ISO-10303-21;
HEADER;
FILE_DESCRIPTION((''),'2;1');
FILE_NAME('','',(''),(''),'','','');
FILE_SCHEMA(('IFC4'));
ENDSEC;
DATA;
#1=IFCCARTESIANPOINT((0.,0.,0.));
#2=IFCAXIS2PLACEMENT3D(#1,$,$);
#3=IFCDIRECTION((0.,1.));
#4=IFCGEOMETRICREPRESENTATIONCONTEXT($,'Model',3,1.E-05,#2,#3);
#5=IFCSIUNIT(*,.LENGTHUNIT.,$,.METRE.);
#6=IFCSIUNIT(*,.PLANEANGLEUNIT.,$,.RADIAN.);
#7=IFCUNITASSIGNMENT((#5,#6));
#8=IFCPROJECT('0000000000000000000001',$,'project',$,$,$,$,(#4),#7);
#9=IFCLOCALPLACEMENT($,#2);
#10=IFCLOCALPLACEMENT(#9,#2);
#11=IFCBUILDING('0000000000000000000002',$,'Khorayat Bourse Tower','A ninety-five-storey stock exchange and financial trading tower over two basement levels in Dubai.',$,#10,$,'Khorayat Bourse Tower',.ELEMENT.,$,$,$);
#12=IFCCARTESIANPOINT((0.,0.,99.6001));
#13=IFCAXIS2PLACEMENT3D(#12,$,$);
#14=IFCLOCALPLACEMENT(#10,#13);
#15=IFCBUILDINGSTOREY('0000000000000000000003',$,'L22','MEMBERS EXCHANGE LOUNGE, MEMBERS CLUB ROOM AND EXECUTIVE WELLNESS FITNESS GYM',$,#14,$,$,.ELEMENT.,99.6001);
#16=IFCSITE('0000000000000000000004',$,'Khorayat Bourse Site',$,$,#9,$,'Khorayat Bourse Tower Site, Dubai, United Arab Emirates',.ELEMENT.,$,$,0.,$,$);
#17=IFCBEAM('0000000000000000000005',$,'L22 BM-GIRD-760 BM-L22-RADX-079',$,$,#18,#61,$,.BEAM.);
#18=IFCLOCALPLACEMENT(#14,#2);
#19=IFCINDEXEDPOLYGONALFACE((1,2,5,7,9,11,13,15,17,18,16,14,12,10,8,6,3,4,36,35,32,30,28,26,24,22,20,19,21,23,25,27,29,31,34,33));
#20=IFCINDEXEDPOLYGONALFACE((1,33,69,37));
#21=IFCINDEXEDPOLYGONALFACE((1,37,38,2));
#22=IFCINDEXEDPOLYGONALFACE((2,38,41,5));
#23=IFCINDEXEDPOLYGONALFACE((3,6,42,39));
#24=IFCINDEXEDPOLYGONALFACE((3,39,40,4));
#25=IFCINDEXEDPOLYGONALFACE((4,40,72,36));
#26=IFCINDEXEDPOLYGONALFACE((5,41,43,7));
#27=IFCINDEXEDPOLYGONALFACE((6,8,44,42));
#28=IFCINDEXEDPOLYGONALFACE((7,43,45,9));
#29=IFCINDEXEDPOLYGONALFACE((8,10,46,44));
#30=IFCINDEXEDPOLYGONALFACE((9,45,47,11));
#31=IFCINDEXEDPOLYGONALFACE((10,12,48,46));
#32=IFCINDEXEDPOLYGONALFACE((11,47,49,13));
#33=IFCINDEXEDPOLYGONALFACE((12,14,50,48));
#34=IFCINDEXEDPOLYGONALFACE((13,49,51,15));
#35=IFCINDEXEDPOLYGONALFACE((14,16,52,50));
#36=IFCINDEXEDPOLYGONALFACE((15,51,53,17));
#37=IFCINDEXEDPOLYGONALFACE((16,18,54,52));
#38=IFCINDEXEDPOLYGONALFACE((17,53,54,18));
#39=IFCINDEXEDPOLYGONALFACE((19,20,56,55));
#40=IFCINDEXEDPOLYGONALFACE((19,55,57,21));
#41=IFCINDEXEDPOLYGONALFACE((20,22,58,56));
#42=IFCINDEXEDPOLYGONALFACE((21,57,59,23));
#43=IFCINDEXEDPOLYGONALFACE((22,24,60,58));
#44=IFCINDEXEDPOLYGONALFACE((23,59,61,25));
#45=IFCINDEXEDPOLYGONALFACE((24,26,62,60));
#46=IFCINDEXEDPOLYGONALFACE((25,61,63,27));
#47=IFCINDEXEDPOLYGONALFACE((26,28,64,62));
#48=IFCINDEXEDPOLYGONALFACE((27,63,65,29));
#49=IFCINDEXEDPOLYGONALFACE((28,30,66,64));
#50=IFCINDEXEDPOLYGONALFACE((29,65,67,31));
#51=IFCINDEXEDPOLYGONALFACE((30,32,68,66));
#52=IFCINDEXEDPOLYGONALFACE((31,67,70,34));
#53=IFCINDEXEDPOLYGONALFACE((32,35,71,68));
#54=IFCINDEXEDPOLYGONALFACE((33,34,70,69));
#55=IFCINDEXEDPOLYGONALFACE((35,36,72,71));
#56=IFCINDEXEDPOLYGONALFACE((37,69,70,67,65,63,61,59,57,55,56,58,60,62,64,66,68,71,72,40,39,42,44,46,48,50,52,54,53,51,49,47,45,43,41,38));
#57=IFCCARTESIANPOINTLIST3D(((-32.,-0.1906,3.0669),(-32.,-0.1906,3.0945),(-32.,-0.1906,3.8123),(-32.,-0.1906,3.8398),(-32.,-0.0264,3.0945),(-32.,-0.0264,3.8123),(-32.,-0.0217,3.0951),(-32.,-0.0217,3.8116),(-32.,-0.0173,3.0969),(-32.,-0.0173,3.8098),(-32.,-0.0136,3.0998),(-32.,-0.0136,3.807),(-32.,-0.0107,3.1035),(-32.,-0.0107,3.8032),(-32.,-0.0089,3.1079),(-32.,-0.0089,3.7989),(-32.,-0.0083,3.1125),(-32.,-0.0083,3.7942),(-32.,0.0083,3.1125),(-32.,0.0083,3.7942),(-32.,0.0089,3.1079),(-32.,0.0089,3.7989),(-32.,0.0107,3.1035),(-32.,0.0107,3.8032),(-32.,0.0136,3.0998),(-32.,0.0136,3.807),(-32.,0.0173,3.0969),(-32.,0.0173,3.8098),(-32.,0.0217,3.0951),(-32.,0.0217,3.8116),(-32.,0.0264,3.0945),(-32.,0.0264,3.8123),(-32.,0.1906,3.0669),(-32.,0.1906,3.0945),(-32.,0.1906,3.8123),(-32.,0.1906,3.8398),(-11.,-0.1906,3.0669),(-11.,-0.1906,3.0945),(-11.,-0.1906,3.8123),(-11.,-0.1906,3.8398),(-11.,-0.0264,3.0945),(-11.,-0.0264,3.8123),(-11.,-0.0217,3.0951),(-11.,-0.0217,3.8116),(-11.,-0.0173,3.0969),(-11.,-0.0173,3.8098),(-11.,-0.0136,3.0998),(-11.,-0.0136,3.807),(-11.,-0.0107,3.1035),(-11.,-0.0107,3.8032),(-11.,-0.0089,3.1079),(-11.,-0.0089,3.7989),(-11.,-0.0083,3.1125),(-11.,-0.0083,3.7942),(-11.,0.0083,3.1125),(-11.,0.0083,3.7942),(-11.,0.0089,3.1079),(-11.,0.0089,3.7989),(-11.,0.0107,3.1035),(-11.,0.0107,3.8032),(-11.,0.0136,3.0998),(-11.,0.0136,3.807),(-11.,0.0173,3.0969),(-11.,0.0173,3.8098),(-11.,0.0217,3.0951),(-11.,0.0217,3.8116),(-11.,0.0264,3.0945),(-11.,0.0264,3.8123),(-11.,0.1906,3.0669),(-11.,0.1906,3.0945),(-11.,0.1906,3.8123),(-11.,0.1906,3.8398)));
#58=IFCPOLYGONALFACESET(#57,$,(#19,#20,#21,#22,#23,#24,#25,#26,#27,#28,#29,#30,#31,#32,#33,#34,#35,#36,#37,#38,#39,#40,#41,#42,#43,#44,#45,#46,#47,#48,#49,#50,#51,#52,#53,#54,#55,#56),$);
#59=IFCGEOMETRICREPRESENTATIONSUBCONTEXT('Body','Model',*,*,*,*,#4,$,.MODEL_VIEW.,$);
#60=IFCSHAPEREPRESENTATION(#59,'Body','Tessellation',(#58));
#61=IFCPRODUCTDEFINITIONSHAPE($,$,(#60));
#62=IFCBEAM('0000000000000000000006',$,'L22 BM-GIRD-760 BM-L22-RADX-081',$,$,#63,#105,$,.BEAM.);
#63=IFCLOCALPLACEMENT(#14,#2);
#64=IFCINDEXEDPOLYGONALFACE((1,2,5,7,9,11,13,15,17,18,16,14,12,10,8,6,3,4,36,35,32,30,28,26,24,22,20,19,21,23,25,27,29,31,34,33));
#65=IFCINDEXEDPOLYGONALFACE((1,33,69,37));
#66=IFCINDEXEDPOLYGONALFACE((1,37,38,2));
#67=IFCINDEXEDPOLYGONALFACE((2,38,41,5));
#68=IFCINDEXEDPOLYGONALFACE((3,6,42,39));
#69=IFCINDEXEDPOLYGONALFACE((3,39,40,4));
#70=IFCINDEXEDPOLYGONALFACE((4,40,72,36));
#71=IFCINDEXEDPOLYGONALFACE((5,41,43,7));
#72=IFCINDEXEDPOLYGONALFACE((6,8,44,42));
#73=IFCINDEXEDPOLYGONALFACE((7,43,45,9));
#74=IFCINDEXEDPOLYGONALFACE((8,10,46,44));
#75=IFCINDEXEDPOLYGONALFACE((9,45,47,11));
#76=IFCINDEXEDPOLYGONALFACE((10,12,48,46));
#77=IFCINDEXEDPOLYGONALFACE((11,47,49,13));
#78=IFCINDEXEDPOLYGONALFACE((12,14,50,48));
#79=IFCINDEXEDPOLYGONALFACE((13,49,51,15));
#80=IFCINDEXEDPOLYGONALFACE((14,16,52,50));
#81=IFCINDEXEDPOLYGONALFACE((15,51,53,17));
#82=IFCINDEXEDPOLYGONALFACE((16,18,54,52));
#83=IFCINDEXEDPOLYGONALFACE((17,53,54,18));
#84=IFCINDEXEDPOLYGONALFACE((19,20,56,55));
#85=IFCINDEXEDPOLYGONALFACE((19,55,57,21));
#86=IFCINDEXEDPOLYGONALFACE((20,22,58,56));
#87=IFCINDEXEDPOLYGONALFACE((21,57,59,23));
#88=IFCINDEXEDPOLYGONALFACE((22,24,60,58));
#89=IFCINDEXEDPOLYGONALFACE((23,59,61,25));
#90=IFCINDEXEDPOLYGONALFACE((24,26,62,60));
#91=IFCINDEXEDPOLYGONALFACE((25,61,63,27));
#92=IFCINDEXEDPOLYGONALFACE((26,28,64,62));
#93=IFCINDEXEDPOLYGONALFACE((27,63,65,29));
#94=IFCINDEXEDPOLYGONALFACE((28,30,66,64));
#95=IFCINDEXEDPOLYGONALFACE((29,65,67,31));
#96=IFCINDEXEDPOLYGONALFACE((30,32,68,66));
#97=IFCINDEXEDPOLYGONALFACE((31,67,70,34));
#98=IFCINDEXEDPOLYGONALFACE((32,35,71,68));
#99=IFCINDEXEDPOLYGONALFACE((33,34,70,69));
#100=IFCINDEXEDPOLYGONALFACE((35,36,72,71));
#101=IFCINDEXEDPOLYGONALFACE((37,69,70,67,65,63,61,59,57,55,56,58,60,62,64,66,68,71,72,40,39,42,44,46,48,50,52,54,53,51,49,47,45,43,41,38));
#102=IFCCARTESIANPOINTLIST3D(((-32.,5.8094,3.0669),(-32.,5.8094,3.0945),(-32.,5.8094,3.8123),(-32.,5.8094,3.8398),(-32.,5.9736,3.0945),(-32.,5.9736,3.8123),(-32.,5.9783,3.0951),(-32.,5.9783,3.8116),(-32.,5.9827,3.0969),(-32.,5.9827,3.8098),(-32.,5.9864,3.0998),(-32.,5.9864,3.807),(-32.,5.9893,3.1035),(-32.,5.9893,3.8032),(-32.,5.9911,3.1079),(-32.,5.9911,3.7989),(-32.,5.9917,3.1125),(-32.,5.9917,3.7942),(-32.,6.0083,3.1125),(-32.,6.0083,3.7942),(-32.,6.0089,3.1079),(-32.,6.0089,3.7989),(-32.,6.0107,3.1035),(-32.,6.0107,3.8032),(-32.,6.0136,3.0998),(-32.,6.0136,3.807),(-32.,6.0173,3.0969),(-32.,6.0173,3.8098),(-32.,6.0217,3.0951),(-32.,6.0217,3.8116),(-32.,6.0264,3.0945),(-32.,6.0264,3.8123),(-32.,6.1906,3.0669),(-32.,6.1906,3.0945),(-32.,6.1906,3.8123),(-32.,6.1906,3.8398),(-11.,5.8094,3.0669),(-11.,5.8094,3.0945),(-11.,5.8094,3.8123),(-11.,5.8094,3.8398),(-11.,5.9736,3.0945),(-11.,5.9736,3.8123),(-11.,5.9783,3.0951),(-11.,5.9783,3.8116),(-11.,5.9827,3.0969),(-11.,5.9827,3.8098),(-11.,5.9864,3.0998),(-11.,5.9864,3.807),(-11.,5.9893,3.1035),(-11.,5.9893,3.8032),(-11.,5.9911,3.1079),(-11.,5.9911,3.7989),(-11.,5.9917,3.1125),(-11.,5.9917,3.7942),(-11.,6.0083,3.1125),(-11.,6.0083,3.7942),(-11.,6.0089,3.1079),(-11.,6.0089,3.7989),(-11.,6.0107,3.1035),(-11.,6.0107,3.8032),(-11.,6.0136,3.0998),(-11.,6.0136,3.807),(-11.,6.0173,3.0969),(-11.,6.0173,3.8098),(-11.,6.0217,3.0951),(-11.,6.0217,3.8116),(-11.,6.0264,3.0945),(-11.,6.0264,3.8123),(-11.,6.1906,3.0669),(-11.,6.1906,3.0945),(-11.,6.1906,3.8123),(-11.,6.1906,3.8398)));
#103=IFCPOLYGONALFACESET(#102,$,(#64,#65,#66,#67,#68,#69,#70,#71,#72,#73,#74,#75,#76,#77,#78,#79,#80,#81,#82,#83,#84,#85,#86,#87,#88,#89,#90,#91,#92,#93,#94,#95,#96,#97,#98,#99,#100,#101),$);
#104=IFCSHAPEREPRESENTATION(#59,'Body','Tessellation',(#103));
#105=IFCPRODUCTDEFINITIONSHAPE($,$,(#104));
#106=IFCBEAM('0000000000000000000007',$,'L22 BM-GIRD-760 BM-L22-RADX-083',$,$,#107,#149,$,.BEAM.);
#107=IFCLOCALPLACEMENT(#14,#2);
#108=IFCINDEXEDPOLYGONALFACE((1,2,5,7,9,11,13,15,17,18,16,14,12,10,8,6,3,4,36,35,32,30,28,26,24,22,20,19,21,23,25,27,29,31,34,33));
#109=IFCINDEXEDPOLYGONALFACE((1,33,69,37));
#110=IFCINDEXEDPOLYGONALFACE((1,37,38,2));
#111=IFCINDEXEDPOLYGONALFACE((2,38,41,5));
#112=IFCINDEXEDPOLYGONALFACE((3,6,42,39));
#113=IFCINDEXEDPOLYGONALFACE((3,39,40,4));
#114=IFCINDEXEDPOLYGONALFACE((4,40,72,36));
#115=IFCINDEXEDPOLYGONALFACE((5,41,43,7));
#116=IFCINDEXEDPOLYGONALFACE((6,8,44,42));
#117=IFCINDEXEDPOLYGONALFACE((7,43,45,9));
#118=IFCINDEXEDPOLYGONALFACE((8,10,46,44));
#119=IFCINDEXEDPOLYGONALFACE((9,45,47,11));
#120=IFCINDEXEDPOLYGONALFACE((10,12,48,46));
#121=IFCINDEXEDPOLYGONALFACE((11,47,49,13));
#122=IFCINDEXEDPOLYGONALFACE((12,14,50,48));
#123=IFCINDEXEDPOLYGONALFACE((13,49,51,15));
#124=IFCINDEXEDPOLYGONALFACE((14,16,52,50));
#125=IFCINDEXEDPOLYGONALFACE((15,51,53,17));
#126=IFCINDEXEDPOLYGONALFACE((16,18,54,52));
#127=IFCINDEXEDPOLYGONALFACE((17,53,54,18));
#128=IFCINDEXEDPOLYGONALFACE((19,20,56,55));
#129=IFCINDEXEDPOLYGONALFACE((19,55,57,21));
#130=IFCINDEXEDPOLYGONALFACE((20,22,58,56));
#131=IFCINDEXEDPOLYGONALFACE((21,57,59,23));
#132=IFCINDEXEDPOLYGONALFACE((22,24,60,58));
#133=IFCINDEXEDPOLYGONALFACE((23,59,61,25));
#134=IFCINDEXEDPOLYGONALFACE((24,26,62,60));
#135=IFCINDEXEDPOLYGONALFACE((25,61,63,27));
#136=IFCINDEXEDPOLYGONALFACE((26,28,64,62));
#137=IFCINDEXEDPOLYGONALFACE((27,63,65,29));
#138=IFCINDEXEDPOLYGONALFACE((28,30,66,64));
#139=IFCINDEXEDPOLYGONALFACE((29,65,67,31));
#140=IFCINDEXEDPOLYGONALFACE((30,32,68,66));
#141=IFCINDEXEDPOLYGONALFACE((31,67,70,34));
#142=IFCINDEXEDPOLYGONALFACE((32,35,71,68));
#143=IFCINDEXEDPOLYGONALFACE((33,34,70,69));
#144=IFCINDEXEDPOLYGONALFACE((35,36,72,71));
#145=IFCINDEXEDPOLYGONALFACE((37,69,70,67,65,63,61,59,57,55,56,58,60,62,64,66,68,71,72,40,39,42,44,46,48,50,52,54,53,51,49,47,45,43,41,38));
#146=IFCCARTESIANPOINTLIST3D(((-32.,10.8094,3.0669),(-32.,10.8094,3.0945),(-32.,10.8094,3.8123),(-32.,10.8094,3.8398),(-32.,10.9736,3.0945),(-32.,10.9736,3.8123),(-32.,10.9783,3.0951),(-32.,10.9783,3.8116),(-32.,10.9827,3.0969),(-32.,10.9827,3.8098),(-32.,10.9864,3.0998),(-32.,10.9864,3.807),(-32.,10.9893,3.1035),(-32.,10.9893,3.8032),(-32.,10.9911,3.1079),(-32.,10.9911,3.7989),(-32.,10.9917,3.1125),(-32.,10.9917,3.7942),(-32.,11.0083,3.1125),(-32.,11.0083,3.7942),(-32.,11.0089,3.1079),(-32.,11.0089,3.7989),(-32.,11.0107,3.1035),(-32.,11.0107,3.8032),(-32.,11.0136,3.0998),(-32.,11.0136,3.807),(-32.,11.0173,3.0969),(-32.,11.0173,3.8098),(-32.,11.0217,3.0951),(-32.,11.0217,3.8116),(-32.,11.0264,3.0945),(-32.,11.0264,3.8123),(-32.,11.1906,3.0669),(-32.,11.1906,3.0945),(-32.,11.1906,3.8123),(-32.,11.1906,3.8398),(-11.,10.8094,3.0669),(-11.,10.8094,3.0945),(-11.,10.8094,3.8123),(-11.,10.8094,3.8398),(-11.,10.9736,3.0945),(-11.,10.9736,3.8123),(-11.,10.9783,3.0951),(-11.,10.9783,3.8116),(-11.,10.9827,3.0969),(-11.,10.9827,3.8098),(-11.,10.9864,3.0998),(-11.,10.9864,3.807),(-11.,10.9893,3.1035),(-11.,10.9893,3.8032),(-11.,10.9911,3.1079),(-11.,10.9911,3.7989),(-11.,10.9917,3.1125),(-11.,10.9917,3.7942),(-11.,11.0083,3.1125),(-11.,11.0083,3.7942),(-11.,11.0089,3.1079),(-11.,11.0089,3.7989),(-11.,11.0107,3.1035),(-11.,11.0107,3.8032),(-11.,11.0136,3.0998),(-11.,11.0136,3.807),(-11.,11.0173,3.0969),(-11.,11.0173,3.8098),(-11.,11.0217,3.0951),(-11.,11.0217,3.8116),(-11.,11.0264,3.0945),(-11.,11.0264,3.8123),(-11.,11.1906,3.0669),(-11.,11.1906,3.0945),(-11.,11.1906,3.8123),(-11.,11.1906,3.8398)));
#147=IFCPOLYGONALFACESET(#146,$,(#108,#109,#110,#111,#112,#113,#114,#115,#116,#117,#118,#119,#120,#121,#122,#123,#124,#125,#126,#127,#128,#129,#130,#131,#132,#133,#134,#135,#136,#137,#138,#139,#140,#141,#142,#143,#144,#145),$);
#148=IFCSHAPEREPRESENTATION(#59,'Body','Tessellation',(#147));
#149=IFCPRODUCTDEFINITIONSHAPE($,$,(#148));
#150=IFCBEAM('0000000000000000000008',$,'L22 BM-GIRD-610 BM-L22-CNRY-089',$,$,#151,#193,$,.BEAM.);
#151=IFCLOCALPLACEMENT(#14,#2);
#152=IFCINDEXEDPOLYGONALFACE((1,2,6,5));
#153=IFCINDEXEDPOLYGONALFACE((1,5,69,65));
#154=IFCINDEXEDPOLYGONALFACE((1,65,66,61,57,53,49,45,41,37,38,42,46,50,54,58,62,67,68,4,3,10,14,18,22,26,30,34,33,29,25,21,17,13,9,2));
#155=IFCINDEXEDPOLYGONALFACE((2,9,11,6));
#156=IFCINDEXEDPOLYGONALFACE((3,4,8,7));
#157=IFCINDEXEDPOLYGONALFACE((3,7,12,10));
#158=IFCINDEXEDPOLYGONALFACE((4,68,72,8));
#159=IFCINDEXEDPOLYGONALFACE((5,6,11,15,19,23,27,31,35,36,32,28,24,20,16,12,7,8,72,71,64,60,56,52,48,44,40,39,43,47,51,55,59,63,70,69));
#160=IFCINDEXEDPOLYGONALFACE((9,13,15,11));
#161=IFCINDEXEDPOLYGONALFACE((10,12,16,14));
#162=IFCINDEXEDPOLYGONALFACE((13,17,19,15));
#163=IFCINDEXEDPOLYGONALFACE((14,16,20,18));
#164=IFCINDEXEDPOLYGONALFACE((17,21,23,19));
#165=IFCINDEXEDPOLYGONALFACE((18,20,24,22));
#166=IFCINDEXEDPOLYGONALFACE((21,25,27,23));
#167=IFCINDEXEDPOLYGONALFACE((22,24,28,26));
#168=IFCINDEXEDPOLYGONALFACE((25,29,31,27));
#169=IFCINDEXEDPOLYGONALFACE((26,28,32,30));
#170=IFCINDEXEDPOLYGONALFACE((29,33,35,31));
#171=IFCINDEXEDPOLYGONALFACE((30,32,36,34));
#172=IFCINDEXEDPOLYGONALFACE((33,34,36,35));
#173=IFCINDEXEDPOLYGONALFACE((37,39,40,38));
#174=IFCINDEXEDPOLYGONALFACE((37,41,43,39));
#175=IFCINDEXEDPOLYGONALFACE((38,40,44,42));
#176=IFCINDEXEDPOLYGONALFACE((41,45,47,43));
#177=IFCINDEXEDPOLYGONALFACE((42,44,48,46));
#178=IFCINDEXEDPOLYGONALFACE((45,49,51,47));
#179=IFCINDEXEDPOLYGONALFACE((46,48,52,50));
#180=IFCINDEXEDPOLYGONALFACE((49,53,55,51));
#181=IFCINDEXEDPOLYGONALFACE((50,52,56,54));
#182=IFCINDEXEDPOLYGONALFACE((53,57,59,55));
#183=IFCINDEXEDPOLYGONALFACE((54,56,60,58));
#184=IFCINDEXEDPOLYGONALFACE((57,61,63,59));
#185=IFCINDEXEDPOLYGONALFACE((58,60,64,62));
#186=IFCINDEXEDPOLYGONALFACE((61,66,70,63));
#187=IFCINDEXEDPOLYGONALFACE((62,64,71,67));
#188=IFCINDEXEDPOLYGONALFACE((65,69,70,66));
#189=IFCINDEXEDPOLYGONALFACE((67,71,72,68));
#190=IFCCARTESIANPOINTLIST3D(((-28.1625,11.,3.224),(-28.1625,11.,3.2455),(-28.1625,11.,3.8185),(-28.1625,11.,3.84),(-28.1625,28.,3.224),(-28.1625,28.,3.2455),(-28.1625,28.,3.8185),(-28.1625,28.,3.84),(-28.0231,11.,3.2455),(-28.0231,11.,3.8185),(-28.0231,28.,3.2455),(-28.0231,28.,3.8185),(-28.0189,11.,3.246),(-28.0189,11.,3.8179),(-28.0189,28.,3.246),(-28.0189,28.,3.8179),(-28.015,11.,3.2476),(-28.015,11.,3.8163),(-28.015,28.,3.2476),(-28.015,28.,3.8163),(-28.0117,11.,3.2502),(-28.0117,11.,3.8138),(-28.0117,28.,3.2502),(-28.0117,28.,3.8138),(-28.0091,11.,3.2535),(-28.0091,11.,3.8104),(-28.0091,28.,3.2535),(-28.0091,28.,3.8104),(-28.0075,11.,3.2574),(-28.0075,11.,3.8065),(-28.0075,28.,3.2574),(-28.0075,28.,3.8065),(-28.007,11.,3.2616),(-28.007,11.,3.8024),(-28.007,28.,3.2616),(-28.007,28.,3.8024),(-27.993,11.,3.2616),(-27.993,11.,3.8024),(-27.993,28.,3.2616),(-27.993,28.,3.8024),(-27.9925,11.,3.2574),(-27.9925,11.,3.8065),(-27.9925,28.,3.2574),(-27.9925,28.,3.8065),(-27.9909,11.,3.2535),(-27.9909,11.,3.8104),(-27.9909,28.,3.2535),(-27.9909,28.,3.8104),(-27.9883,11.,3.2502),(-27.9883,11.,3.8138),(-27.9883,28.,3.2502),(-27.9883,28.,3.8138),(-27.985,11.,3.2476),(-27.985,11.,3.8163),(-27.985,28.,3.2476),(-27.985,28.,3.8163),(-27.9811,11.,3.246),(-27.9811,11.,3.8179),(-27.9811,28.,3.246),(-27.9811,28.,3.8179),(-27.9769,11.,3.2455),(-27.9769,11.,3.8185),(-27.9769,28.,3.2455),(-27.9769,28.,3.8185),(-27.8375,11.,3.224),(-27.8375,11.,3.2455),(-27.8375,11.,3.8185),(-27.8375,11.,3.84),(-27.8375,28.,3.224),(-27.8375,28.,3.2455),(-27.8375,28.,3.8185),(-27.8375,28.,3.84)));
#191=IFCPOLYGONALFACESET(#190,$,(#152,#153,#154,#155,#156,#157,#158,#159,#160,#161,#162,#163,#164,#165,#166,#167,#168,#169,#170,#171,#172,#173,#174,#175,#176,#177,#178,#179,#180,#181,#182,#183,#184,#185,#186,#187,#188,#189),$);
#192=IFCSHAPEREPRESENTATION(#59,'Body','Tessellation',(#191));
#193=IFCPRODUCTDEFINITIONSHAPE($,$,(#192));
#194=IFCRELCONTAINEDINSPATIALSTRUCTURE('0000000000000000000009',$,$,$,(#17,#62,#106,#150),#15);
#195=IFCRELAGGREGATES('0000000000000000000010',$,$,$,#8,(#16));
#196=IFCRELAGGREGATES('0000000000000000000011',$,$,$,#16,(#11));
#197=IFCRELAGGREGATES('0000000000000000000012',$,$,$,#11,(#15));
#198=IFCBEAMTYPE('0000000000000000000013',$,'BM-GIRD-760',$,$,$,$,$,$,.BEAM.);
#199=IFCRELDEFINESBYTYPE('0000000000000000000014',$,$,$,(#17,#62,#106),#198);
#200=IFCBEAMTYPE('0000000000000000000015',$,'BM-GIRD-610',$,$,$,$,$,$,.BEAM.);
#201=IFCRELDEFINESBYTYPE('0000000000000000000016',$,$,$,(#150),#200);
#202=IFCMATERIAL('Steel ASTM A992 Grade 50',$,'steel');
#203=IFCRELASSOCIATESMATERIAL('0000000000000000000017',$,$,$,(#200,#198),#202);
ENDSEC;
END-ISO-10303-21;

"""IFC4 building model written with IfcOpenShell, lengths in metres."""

from ifc_helpers import new_model, si_unit, direction, frame, origin, origin_2d, place, context, subcontext, project, spatial, i_section, extrude, source, transform, mapped, material, material_profile, profile_set, type_object, element, save


model = new_model("IFC4")

# Units and contexts
model_context = context("Model", 3, precision=1e-05, world=origin(), true_north=direction((0.0, 1.0)))
body_context = subcontext(model_context, "Body", "Model", "MODEL_VIEW")
ifc_project = project(units=[si_unit("LENGTHUNIT", "METRE"), si_unit("PLANEANGLEUNIT", "RADIAN")], contexts=[model_context])

# Site, building, storey
site_placement = place(None, origin())
site = spatial("IfcSite", under=ifc_project, at=site_placement, Name="Khorayat Bourse Site", LongName="Khorayat Bourse Tower Site, Dubai, United Arab Emirates", CompositionType="ELEMENT", RefElevation=0.0)
building_placement = place(site_placement, origin())
building = spatial("IfcBuilding", under=site, at=building_placement, Name="Khorayat Bourse Tower", Description="A ninety-five-storey stock exchange and financial trading tower over two basement levels in Dubai.", LongName="Khorayat Bourse Tower", CompositionType="ELEMENT")
storey_placement = place(building_placement, frame((0.0, 0.0, 99.6001)))
storey = spatial("IfcBuildingStorey", under=building, at=storey_placement, Name="L22", Description="MEMBERS EXCHANGE LOUNGE, MEMBERS CLUB ROOM AND EXECUTIVE WELLNESS FITNESS GYM", CompositionType="ELEMENT", Elevation=99.6001)

# Beams
ifc_material_1 = material(Name="Steel ASTM A992 Grade 50", Category="steel")
ifc_material_profile_1 = material_profile(ifc_material_1, i_section(OverallWidth=0.325, OverallDepth=0.616, WebThickness=0.0139, FlangeThickness=0.0215, FilletRadius=0.0161, at=origin_2d()), Name="W610X174")
ifc_profile_set_1 = profile_set([ifc_material_profile_1], Name="Steel ASTM A992 Grade 50")
beam_type_1 = type_object("IfcBeamType", Name="BM-GIRD-610", PredefinedType="BEAM", material=ifc_profile_set_1)
ifc_material_profile_2 = material_profile(ifc_material_1, i_section(OverallWidth=0.3811, OverallDepth=0.7729, WebThickness=0.0166, FlangeThickness=0.0276, FilletRadius=0.0181, at=origin_2d()), Name="W760X257")
ifc_profile_set_2 = profile_set([ifc_material_profile_2], Name="Steel ASTM A992 Grade 50")
beam_type_2 = type_object("IfcBeamType", Name="BM-GIRD-760", PredefinedType="BEAM", material=ifc_profile_set_2)
shared_shape_1 = source(origin(), body_context, "Body", "SweptSolid", [
    extrude(i_section(OverallWidth=0.3811, OverallDepth=0.7729, WebThickness=0.0166, FlangeThickness=0.0276, FilletRadius=0.0181, at=origin_2d()), origin(), (0.0, 0.0, 1.0), 21.0),
])
for number, where, z_axis, x_axis, name in (
    (1, (-32.0, 0.0, 3.4534), (1.0, 0.0, 0.0), (0.0, 1.0, 0.0), "L22 BM-GIRD-760 BM-L22-RADX-079"),
    (2, (-32.0, 6.0, 3.4534), (1.0, 0.0, 0.0), (0.0, 1.0, 0.0), "L22 BM-GIRD-760 BM-L22-RADX-081"),
    (3, (-32.0, 11.0, 3.4534), (1.0, 0.0, 0.0), (0.0, 1.0, 0.0), "L22 BM-GIRD-760 BM-L22-RADX-083"),
):
    element("IfcBeam", number, at=place(storey_placement, frame(where, z_axis=z_axis, x_axis=x_axis)), inside=storey, type_object=beam_type_2, Name=name, PredefinedType="BEAM", context=body_context, shape_type="MappedRepresentation", body=[
        mapped(shared_shape_1, transform((0.0, 0.0, 0.0), scale=1.0)),
    ])
shared_shape_2 = source(origin(), body_context, "Body", "SweptSolid", [
    extrude(i_section(OverallWidth=0.325, OverallDepth=0.616, WebThickness=0.0139, FlangeThickness=0.0215, FilletRadius=0.0161, at=origin_2d()), origin(), (0.0, 0.0, 1.0), 17.0),
])
beam_1_placement = place(storey_placement, frame((-28.0, 11.0, 3.532), z_axis=(0.0, 1.0, 0.0), x_axis=(-1.0, 0.0, 0.0)))
element("IfcBeam", 4, at=beam_1_placement, inside=storey, type_object=beam_type_1, Name="L22 BM-GIRD-610 BM-L22-CNRY-089", PredefinedType="BEAM", context=body_context, shape_type="MappedRepresentation", body=[
    mapped(shared_shape_2, transform((0.0, 0.0, 0.0), scale=1.0)),
])

save(model, "model.ifc")
